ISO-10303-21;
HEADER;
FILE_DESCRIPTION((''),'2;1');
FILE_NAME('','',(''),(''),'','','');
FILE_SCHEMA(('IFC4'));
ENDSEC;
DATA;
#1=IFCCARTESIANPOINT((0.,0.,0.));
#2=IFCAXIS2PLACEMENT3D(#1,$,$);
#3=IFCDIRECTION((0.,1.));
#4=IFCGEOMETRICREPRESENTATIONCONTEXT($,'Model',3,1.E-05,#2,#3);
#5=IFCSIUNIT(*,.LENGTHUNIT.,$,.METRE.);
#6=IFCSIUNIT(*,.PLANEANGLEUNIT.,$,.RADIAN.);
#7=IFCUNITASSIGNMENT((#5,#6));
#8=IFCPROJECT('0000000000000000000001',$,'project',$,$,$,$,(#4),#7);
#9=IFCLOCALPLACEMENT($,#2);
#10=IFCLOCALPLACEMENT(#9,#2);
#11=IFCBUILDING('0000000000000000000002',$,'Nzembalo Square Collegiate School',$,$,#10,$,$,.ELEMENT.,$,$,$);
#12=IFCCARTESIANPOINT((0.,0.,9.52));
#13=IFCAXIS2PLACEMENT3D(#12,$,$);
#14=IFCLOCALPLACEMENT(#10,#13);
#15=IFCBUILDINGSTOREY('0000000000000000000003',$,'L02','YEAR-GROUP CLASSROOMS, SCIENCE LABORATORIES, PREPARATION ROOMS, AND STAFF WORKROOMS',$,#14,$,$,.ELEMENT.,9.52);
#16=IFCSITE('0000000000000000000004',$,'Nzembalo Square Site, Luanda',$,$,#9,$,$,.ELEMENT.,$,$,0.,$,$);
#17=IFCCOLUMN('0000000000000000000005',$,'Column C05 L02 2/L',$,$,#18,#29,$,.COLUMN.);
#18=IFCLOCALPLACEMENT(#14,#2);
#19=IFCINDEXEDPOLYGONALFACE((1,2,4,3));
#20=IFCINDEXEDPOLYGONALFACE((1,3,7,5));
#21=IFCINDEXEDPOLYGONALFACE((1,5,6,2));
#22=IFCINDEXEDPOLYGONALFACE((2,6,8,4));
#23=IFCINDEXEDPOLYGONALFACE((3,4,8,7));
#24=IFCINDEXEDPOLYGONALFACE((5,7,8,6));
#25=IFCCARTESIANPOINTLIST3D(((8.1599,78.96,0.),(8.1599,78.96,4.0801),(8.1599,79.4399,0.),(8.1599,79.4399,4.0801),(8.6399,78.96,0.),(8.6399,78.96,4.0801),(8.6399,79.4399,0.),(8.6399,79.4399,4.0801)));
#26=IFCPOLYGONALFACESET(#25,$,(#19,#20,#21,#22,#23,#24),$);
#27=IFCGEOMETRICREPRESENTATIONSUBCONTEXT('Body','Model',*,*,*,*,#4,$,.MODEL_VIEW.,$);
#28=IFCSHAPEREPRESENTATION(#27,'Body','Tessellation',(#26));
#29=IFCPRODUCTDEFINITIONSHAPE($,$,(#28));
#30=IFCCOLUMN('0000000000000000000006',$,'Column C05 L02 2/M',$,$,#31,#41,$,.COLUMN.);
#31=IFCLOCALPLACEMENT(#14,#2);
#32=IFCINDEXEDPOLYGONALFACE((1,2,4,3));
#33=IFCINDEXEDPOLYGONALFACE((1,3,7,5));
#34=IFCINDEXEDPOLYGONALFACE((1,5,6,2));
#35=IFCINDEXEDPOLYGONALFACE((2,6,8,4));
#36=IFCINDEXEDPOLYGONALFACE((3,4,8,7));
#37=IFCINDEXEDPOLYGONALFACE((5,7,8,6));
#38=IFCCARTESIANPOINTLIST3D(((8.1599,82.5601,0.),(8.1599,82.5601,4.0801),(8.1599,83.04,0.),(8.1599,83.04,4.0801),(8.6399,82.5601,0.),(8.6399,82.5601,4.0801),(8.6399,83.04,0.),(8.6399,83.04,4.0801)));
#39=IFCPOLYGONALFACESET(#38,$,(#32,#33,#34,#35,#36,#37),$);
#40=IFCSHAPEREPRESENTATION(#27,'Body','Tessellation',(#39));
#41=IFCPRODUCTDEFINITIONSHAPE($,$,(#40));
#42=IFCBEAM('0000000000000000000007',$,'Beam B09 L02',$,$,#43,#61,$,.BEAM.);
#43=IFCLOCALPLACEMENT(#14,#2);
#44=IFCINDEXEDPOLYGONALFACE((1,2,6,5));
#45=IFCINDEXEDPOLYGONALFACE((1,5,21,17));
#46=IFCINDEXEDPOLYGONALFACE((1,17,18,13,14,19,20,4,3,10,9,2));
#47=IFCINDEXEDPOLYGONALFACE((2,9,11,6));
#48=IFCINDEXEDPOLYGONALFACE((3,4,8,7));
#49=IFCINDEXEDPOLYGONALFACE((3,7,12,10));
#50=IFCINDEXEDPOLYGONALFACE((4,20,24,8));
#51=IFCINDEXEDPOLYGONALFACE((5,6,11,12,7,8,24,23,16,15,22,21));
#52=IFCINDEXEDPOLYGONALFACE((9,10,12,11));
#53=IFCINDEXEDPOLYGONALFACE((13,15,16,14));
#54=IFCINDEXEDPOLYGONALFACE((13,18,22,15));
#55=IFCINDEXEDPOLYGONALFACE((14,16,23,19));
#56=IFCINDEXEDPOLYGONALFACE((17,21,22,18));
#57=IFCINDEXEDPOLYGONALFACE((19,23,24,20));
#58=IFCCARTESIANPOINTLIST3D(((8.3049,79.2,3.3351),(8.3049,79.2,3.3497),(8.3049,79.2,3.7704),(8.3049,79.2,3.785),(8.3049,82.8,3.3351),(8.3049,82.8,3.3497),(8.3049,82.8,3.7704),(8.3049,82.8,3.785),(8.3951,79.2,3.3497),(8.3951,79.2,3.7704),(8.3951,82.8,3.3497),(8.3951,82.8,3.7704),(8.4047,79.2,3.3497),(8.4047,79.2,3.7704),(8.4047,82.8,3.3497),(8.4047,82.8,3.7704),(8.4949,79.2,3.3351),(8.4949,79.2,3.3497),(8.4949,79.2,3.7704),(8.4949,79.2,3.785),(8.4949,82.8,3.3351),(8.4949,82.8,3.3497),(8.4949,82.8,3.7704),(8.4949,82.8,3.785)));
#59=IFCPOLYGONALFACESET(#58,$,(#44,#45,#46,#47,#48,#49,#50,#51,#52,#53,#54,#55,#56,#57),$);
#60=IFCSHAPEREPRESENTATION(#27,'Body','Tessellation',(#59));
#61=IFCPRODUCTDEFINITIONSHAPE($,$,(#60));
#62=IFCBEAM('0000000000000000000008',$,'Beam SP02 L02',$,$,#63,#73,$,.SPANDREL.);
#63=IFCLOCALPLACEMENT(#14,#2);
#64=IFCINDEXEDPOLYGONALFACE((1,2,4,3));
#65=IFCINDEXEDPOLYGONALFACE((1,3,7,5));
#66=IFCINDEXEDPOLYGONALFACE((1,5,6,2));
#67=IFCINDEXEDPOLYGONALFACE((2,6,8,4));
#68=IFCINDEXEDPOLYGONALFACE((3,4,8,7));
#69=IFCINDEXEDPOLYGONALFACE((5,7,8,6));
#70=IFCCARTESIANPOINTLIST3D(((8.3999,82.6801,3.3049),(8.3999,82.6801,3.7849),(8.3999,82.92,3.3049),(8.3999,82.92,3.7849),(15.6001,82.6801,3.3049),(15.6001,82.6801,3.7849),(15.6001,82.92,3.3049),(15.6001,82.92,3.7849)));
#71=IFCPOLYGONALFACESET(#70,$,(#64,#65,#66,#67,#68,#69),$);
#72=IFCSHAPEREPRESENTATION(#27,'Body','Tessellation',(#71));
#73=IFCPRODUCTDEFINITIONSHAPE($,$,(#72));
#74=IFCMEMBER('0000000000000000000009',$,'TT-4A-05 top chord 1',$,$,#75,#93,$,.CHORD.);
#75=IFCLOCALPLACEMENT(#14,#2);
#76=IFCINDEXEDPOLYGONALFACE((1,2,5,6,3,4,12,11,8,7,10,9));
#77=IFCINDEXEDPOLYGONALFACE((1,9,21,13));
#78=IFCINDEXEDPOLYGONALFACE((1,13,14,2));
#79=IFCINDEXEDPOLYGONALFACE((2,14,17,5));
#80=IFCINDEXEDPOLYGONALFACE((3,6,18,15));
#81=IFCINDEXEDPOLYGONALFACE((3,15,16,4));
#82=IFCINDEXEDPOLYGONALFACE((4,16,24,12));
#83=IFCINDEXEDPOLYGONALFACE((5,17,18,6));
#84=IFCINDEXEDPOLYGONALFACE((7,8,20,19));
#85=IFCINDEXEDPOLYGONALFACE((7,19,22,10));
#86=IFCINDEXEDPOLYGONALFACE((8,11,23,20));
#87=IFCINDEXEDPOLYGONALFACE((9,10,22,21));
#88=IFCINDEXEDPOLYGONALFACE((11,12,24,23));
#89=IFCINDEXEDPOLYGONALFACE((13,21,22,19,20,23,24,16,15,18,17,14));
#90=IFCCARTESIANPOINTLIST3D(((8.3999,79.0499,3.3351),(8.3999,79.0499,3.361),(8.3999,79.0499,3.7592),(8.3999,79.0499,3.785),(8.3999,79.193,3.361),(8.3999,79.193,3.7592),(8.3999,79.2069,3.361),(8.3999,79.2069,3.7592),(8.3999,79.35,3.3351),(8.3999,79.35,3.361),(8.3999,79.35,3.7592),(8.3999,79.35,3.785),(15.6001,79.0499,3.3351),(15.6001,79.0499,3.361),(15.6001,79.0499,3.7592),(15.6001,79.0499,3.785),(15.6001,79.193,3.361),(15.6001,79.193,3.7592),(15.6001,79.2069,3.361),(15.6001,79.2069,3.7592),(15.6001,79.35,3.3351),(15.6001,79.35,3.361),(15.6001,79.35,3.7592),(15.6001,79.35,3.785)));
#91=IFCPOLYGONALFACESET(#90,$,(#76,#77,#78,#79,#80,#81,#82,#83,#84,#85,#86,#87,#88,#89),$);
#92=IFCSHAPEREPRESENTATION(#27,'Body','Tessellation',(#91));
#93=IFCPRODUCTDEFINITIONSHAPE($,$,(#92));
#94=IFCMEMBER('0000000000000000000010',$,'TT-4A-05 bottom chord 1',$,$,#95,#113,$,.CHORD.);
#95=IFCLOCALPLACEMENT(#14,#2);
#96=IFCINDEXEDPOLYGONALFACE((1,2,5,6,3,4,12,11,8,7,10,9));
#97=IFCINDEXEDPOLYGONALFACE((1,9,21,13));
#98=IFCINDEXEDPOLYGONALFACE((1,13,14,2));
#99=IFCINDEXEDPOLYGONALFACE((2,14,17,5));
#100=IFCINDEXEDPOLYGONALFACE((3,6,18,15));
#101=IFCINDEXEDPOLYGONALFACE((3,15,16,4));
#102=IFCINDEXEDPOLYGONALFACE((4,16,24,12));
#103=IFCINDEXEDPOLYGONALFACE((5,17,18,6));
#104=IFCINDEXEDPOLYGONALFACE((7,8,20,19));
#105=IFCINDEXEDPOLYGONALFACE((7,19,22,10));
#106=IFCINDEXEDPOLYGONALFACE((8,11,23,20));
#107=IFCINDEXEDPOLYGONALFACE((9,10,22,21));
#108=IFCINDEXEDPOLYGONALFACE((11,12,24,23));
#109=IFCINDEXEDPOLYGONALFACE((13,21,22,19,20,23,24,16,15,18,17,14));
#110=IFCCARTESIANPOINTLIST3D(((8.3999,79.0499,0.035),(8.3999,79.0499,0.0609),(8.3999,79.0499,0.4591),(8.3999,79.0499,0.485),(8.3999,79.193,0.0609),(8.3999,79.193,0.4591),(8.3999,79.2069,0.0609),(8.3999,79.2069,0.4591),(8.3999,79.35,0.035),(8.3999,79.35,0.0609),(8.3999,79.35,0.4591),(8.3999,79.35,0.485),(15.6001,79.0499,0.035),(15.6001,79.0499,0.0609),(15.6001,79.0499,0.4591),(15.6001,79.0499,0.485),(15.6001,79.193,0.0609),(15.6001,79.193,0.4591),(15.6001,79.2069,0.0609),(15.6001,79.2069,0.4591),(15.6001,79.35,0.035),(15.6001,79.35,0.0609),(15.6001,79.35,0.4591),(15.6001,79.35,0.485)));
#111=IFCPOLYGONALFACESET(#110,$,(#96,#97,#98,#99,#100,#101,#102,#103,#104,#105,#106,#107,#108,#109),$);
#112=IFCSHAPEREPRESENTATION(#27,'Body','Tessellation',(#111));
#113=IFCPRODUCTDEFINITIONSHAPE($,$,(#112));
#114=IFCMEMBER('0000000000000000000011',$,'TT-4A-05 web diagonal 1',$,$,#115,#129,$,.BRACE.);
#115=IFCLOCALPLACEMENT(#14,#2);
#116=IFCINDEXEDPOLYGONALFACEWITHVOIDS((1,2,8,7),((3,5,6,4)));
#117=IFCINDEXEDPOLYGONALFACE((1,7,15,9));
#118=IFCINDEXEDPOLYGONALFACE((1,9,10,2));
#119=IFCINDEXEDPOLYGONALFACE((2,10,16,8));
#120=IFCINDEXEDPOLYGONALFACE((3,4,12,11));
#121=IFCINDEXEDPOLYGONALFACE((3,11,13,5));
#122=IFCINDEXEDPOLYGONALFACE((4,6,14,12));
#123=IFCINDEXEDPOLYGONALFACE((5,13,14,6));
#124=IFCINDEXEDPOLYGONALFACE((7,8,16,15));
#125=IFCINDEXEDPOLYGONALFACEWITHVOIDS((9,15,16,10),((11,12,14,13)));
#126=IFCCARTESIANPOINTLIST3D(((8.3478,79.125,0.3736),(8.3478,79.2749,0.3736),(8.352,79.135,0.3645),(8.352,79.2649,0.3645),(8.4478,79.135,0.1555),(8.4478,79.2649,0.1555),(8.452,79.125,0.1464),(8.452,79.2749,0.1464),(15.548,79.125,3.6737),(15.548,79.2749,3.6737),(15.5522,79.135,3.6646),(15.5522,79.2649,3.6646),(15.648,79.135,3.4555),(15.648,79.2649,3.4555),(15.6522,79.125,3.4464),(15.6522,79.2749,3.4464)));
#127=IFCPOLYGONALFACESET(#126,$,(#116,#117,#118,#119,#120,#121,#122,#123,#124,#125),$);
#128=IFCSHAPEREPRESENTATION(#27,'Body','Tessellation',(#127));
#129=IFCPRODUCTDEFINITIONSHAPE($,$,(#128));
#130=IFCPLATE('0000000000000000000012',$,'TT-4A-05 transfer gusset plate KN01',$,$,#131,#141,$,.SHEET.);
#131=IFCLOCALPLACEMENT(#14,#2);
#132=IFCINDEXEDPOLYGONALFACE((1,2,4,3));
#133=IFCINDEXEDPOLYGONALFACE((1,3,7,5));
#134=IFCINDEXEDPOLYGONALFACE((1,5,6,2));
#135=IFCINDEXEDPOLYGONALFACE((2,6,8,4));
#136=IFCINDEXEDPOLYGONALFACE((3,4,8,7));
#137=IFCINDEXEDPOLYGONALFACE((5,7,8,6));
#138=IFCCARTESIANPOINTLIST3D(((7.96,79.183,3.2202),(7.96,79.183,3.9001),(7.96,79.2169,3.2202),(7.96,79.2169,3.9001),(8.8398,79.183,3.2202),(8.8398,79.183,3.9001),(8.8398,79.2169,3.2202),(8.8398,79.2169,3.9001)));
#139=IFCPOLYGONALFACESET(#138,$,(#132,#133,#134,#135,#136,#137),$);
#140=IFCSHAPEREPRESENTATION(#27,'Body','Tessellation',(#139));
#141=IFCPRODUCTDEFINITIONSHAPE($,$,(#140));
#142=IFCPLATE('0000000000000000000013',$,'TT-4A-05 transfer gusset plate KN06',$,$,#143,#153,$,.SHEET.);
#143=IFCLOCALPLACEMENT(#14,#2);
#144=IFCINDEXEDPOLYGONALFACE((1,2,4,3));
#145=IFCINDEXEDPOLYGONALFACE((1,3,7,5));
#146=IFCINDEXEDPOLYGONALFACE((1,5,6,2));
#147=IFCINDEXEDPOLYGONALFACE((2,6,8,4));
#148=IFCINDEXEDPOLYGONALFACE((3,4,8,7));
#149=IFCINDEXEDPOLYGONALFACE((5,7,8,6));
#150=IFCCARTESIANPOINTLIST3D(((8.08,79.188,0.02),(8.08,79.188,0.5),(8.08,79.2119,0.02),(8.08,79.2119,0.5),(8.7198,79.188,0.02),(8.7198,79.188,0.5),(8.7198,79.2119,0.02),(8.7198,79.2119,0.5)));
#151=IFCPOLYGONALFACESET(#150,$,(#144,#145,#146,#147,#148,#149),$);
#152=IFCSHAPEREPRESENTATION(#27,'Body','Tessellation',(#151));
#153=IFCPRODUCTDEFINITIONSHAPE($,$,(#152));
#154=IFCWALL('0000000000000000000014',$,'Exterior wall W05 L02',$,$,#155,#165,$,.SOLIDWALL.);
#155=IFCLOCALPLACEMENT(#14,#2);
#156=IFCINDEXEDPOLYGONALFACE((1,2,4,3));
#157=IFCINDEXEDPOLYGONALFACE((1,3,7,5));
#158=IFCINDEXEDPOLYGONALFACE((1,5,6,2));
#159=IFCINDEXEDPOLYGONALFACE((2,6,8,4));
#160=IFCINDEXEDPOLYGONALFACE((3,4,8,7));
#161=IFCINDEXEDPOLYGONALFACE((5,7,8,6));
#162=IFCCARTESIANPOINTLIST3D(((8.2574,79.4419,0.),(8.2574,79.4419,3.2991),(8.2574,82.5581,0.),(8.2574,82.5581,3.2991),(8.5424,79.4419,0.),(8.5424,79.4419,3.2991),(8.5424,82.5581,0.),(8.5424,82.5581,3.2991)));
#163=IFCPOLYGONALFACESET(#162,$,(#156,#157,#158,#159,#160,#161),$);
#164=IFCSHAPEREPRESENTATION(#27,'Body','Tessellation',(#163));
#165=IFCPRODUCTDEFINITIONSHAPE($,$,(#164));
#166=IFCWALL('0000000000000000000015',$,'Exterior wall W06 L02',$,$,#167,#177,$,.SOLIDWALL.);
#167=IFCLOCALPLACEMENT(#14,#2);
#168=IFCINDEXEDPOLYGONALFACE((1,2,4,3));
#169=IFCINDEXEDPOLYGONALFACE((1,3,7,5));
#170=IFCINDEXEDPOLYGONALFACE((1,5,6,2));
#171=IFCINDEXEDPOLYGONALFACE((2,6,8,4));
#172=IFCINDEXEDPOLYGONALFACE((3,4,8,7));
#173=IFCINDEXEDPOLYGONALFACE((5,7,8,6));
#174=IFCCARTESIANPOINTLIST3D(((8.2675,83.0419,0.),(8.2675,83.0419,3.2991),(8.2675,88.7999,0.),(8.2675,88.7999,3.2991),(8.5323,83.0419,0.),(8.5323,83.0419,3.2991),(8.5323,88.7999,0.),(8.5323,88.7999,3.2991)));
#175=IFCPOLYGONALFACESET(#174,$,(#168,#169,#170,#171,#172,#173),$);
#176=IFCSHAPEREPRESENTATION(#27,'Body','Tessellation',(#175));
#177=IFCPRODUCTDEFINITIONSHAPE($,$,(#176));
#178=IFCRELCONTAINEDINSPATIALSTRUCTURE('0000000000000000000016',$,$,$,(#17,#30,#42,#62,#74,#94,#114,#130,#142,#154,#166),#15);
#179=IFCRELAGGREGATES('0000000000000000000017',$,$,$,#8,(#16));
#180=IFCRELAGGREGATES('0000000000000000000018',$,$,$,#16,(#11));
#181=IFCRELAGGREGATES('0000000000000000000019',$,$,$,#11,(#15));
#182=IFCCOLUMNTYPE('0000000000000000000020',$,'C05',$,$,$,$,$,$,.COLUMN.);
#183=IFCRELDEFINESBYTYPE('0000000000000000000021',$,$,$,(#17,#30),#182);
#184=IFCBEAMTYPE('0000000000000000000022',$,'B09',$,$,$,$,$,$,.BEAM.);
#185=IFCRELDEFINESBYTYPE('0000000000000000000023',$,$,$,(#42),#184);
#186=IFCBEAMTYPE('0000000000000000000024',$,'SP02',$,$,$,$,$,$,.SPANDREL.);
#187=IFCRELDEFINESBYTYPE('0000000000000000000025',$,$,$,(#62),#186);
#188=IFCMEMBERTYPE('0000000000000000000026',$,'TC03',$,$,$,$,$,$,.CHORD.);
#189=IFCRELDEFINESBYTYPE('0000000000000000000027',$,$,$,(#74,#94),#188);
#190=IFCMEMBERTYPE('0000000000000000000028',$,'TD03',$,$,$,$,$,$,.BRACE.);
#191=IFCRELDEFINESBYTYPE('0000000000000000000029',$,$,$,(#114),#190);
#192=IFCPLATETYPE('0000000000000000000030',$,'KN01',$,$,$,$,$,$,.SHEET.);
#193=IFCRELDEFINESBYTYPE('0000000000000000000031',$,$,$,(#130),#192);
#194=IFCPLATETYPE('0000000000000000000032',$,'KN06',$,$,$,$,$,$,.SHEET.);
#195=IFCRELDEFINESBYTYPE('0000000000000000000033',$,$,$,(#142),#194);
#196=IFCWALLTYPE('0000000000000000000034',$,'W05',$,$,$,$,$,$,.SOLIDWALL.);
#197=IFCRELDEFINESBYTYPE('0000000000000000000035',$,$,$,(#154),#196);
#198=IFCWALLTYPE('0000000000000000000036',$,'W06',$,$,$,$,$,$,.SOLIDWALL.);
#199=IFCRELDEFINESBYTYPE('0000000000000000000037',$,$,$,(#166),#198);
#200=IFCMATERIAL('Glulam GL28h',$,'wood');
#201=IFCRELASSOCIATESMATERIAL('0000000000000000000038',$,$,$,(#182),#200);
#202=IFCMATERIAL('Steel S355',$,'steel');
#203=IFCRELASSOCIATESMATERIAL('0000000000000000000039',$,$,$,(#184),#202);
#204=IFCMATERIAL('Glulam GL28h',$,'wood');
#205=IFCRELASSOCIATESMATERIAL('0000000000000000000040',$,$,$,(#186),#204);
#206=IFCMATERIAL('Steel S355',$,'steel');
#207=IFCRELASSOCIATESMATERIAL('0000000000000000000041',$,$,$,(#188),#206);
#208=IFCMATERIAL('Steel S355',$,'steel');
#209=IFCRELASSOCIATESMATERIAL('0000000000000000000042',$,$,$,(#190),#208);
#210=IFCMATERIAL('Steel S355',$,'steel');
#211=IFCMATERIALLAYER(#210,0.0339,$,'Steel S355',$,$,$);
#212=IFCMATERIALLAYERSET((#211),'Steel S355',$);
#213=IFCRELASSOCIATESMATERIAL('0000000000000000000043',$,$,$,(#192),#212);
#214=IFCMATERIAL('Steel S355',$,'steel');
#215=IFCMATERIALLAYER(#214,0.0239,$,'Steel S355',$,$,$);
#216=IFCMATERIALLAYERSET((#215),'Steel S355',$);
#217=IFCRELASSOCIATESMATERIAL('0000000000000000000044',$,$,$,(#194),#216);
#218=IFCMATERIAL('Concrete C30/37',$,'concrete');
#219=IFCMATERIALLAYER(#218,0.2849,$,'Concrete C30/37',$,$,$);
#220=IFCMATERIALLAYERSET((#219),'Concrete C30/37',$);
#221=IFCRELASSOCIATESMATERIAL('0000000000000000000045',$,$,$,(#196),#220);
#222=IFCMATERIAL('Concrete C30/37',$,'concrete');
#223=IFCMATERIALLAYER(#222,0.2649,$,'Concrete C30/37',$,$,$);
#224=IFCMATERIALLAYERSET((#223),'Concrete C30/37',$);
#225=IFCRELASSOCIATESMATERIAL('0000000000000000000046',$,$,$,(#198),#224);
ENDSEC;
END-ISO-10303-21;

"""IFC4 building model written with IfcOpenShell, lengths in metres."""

from ifc_helpers import new_model, si_unit, direction, frame, frame_2d, origin, origin_2d, place, context, subcontext, project, spatial, rectangle, hollow_rectangle, i_section, extrude, material, layer, layer_set, material_profile, profile_set, type_object, element, save


model = new_model("IFC4")

# Units and contexts
model_context = context("Model", 3, precision=1e-05, world=origin(), true_north=direction((0.0, 1.0)))
body_context = subcontext(model_context, "Body", "Model", "MODEL_VIEW")
ifc_project = project(units=[si_unit("LENGTHUNIT", "METRE"), si_unit("PLANEANGLEUNIT", "RADIAN")], contexts=[model_context])

# Site, building, storey
site_placement = place(None, origin())
site = spatial("IfcSite", under=ifc_project, at=site_placement, Name="Nzembalo Square Site, Luanda", CompositionType="ELEMENT", RefElevation=0.0)
building_placement = place(site_placement, origin())
building = spatial("IfcBuilding", under=site, at=building_placement, Name="Nzembalo Square Collegiate School", CompositionType="ELEMENT")
storey_placement = place(building_placement, frame((0.0, 0.0, 9.52)))
storey = spatial("IfcBuildingStorey", under=building, at=storey_placement, Name="L02", Description="YEAR-GROUP CLASSROOMS, SCIENCE LABORATORIES, PREPARATION ROOMS, AND STAFF WORKROOMS", CompositionType="ELEMENT", Elevation=9.52)

# Columns
ifc_material_1 = material(Name="Glulam GL28h", Category="wood")
ifc_material_profile_1 = material_profile(ifc_material_1, rectangle(XDim=0.48, YDim=0.48, at=origin_2d()), Name="GL28h 480x480")
ifc_profile_set_1 = profile_set([ifc_material_profile_1], Name="Glulam GL28h")
column_type = type_object("IfcColumnType", Name="C05", PredefinedType="COLUMN", material=ifc_profile_set_1)
for number, where, z_axis, x_axis, name in (
    (1, (8.3999, 79.2, 0.0), (0.0, 0.0, 1.0), (1.0, 0.0, 0.0), "Column C05 L02 2/L"),
    (2, (8.3999, 82.8, 0.0), (0.0, 0.0, 1.0), (1.0, 0.0, 0.0), "Column C05 L02 2/M"),
):
    element("IfcColumn", number, at=place(storey_placement, frame(where, z_axis=z_axis, x_axis=x_axis)), inside=storey, type_object=column_type, Name=name, PredefinedType="COLUMN", context=body_context, shape_type="SweptSolid", body=[
        extrude(rectangle(XDim=0.48, YDim=0.48, at=origin_2d()), origin(), (0.0, 0.0, 1.0), 4.0801),
    ])

# Beams
ifc_material_2 = material(Name="Steel S355", Category="steel")
ifc_material_profile_2 = material_profile(ifc_material_2, i_section(OverallWidth=0.1899, OverallDepth=0.45, WebThickness=0.0095, FlangeThickness=0.0146, at=origin_2d()), Name="IPE 450")
ifc_profile_set_2 = profile_set([ifc_material_profile_2], Name="Steel S355")
beam_type_1 = type_object("IfcBeamType", Name="B09", PredefinedType="BEAM", material=ifc_profile_set_2)
beam_1_placement = place(storey_placement, frame((8.3999, 79.2, 3.5601), z_axis=(0.0, 1.0, 0.0), x_axis=(-1.0, 0.0, 0.0)))
element("IfcBeam", 3, at=beam_1_placement, inside=storey, type_object=beam_type_1, Name="Beam B09 L02", PredefinedType="BEAM", context=body_context, shape_type="SweptSolid", body=[
    extrude(i_section(OverallWidth=0.1899, OverallDepth=0.45, WebThickness=0.0095, FlangeThickness=0.0146, at=origin_2d()), origin(), (0.0, 0.0, 1.0), 3.6001),
])
ifc_material_3 = material(Name="Glulam GL28h", Category="wood")
ifc_material_profile_3 = material_profile(ifc_material_3, rectangle(XDim=0.24, YDim=0.48, at=origin_2d()), Name="GL28h 240x480")
ifc_profile_set_3 = profile_set([ifc_material_profile_3], Name="Glulam GL28h")
beam_type_2 = type_object("IfcBeamType", Name="SP02", PredefinedType="SPANDREL", material=ifc_profile_set_3)
beam_2_placement = place(storey_placement, frame((8.3999, 82.8, 3.5449), z_axis=(1.0, 0.0, 0.0), x_axis=(0.0, 1.0, 0.0)))
element("IfcBeam", 4, at=beam_2_placement, inside=storey, type_object=beam_type_2, Name="Beam SP02 L02", PredefinedType="SPANDREL", context=body_context, shape_type="SweptSolid", body=[
    extrude(rectangle(XDim=0.24, YDim=0.48, at=origin_2d()), origin(), (0.0, 0.0, 1.0), 7.2002),
])

# Members
ifc_material_4 = material(Name="Steel S355", Category="steel")
ifc_material_profile_4 = material_profile(ifc_material_4, i_section(OverallWidth=0.3, OverallDepth=0.45, WebThickness=0.0139, FlangeThickness=0.0259, at=origin_2d()), Name="HEB 450")
ifc_profile_set_4 = profile_set([ifc_material_profile_4], Name="Steel S355")
member_type_1 = type_object("IfcMemberType", Name="TC03", PredefinedType="CHORD", material=ifc_profile_set_4)
for number, where, z_axis, x_axis, name in (
    (5, (8.3999, 79.2, 3.5601), (1.0, 0.0, 0.0), (0.0, 1.0, 0.0), "TT-4A-05 top chord 1"),
    (6, (8.3999, 79.2, 0.26), (1.0, 0.0, 0.0), (0.0, 1.0, 0.0), "TT-4A-05 bottom chord 1"),
):
    element("IfcMember", number, at=place(storey_placement, frame(where, z_axis=z_axis, x_axis=x_axis)), inside=storey, type_object=member_type_1, Name=name, PredefinedType="CHORD", context=body_context, shape_type="SweptSolid", body=[
        extrude(i_section(OverallWidth=0.3, OverallDepth=0.45, WebThickness=0.0139, FlangeThickness=0.0259, at=origin_2d()), origin(), (0.0, 0.0, 1.0), 7.2002),
    ])
ifc_material_5 = material(Name="Steel S355", Category="steel")
ifc_material_profile_5 = material_profile(ifc_material_5, hollow_rectangle(XDim=0.1499, YDim=0.25, WallThickness=0.01, at=origin_2d()), Name="RHS 250x150x10")
ifc_profile_set_5 = profile_set([ifc_material_profile_5], Name="Steel S355")
member_type_2 = type_object("IfcMemberType", Name="TD03", PredefinedType="BRACE", material=ifc_profile_set_5)
member_placement = place(storey_placement, frame((8.3999, 79.2, 0.26), z_axis=(0.909067, 0.0, 0.41665), x_axis=(0.0, 1.0, 0.0)))
element("IfcMember", 7, at=member_placement, inside=storey, type_object=member_type_2, Name="TT-4A-05 web diagonal 1", PredefinedType="BRACE", context=body_context, shape_type="SweptSolid", body=[
    extrude(hollow_rectangle(XDim=0.1499, YDim=0.25, WallThickness=0.01, at=origin_2d()), origin(), (0.0, 0.0, 1.0), 7.9204),
])

# Plates
ifc_material_6 = material(Name="Steel S355", Category="steel")
ifc_layer_1 = layer(ifc_material_6, 0.0339, Name="Steel S355")
ifc_layer_set_1 = layer_set([ifc_layer_1], Name="Steel S355")
plate_type_1 = type_object("IfcPlateType", Name="KN01", PredefinedType="SHEET", material=ifc_layer_set_1)
plate_1_placement = place(storey_placement, frame((8.3999, 79.2, 3.2202), z_axis=(0.0, 0.0, 1.0), x_axis=(1.0, 0.0, 0.0)))
element("IfcPlate", 8, at=plate_1_placement, inside=storey, type_object=plate_type_1, Name="TT-4A-05 transfer gusset plate KN01", PredefinedType="SHEET", context=body_context, shape_type="SweptSolid", body=[
    extrude(rectangle(XDim=0.8799, YDim=0.0339, at=origin_2d()), origin(), (0.0, 0.0, 1.0), 0.6799),
])
ifc_material_7 = material(Name="Steel S355", Category="steel")
ifc_layer_2 = layer(ifc_material_7, 0.0239, Name="Steel S355")
ifc_layer_set_2 = layer_set([ifc_layer_2], Name="Steel S355")
plate_type_2 = type_object("IfcPlateType", Name="KN06", PredefinedType="SHEET", material=ifc_layer_set_2)
plate_2_placement = place(storey_placement, frame((8.3999, 79.2, 0.02), z_axis=(0.0, 0.0, 1.0), x_axis=(1.0, 0.0, 0.0)))
element("IfcPlate", 9, at=plate_2_placement, inside=storey, type_object=plate_type_2, Name="TT-4A-05 transfer gusset plate KN06", PredefinedType="SHEET", context=body_context, shape_type="SweptSolid", body=[
    extrude(rectangle(XDim=0.6399, YDim=0.0239, at=origin_2d()), origin(), (0.0, 0.0, 1.0), 0.48),
])

# Walls
ifc_material_8 = material(Name="Concrete C30/37", Category="concrete")
ifc_layer_3 = layer(ifc_material_8, 0.2849, Name="Concrete C30/37")
ifc_layer_set_3 = layer_set([ifc_layer_3], Name="Concrete C30/37")
wall_type_1 = type_object("IfcWallType", Name="W05", PredefinedType="SOLIDWALL", material=ifc_layer_set_3)
wall_1_placement = place(storey_placement, frame((8.3999, 79.4419, 0.0), z_axis=(0.0, 0.0, 1.0), x_axis=(0.0, 1.0, 0.0)))
element("IfcWall", 10, at=wall_1_placement, inside=storey, type_object=wall_type_1, Name="Exterior wall W05 L02", PredefinedType="SOLIDWALL", context=body_context, shape_type="SweptSolid", body=[
    extrude(rectangle(XDim=3.1162, YDim=0.2849, at=frame_2d((1.5581, 0.0))), origin(), (0.0, 0.0, 1.0), 3.2991),
])
ifc_material_9 = material(Name="Concrete C30/37", Category="concrete")
ifc_layer_4 = layer(ifc_material_9, 0.2649, Name="Concrete C30/37")
ifc_layer_set_4 = layer_set([ifc_layer_4], Name="Concrete C30/37")
wall_type_2 = type_object("IfcWallType", Name="W06", PredefinedType="SOLIDWALL", material=ifc_layer_set_4)
wall_2_placement = place(storey_placement, frame((8.3999, 83.042, 0.0), z_axis=(0.0, 0.0, 1.0), x_axis=(0.0, 1.0, 0.0)))
element("IfcWall", 11, at=wall_2_placement, inside=storey, type_object=wall_type_2, Name="Exterior wall W06 L02", PredefinedType="SOLIDWALL", context=body_context, shape_type="SweptSolid", body=[
    extrude(rectangle(XDim=5.7581, YDim=0.2649, at=frame_2d((2.8789, 0.0))), origin(), (0.0, 0.0, 1.0), 3.2991),
])

save(model, "model.ifc")
